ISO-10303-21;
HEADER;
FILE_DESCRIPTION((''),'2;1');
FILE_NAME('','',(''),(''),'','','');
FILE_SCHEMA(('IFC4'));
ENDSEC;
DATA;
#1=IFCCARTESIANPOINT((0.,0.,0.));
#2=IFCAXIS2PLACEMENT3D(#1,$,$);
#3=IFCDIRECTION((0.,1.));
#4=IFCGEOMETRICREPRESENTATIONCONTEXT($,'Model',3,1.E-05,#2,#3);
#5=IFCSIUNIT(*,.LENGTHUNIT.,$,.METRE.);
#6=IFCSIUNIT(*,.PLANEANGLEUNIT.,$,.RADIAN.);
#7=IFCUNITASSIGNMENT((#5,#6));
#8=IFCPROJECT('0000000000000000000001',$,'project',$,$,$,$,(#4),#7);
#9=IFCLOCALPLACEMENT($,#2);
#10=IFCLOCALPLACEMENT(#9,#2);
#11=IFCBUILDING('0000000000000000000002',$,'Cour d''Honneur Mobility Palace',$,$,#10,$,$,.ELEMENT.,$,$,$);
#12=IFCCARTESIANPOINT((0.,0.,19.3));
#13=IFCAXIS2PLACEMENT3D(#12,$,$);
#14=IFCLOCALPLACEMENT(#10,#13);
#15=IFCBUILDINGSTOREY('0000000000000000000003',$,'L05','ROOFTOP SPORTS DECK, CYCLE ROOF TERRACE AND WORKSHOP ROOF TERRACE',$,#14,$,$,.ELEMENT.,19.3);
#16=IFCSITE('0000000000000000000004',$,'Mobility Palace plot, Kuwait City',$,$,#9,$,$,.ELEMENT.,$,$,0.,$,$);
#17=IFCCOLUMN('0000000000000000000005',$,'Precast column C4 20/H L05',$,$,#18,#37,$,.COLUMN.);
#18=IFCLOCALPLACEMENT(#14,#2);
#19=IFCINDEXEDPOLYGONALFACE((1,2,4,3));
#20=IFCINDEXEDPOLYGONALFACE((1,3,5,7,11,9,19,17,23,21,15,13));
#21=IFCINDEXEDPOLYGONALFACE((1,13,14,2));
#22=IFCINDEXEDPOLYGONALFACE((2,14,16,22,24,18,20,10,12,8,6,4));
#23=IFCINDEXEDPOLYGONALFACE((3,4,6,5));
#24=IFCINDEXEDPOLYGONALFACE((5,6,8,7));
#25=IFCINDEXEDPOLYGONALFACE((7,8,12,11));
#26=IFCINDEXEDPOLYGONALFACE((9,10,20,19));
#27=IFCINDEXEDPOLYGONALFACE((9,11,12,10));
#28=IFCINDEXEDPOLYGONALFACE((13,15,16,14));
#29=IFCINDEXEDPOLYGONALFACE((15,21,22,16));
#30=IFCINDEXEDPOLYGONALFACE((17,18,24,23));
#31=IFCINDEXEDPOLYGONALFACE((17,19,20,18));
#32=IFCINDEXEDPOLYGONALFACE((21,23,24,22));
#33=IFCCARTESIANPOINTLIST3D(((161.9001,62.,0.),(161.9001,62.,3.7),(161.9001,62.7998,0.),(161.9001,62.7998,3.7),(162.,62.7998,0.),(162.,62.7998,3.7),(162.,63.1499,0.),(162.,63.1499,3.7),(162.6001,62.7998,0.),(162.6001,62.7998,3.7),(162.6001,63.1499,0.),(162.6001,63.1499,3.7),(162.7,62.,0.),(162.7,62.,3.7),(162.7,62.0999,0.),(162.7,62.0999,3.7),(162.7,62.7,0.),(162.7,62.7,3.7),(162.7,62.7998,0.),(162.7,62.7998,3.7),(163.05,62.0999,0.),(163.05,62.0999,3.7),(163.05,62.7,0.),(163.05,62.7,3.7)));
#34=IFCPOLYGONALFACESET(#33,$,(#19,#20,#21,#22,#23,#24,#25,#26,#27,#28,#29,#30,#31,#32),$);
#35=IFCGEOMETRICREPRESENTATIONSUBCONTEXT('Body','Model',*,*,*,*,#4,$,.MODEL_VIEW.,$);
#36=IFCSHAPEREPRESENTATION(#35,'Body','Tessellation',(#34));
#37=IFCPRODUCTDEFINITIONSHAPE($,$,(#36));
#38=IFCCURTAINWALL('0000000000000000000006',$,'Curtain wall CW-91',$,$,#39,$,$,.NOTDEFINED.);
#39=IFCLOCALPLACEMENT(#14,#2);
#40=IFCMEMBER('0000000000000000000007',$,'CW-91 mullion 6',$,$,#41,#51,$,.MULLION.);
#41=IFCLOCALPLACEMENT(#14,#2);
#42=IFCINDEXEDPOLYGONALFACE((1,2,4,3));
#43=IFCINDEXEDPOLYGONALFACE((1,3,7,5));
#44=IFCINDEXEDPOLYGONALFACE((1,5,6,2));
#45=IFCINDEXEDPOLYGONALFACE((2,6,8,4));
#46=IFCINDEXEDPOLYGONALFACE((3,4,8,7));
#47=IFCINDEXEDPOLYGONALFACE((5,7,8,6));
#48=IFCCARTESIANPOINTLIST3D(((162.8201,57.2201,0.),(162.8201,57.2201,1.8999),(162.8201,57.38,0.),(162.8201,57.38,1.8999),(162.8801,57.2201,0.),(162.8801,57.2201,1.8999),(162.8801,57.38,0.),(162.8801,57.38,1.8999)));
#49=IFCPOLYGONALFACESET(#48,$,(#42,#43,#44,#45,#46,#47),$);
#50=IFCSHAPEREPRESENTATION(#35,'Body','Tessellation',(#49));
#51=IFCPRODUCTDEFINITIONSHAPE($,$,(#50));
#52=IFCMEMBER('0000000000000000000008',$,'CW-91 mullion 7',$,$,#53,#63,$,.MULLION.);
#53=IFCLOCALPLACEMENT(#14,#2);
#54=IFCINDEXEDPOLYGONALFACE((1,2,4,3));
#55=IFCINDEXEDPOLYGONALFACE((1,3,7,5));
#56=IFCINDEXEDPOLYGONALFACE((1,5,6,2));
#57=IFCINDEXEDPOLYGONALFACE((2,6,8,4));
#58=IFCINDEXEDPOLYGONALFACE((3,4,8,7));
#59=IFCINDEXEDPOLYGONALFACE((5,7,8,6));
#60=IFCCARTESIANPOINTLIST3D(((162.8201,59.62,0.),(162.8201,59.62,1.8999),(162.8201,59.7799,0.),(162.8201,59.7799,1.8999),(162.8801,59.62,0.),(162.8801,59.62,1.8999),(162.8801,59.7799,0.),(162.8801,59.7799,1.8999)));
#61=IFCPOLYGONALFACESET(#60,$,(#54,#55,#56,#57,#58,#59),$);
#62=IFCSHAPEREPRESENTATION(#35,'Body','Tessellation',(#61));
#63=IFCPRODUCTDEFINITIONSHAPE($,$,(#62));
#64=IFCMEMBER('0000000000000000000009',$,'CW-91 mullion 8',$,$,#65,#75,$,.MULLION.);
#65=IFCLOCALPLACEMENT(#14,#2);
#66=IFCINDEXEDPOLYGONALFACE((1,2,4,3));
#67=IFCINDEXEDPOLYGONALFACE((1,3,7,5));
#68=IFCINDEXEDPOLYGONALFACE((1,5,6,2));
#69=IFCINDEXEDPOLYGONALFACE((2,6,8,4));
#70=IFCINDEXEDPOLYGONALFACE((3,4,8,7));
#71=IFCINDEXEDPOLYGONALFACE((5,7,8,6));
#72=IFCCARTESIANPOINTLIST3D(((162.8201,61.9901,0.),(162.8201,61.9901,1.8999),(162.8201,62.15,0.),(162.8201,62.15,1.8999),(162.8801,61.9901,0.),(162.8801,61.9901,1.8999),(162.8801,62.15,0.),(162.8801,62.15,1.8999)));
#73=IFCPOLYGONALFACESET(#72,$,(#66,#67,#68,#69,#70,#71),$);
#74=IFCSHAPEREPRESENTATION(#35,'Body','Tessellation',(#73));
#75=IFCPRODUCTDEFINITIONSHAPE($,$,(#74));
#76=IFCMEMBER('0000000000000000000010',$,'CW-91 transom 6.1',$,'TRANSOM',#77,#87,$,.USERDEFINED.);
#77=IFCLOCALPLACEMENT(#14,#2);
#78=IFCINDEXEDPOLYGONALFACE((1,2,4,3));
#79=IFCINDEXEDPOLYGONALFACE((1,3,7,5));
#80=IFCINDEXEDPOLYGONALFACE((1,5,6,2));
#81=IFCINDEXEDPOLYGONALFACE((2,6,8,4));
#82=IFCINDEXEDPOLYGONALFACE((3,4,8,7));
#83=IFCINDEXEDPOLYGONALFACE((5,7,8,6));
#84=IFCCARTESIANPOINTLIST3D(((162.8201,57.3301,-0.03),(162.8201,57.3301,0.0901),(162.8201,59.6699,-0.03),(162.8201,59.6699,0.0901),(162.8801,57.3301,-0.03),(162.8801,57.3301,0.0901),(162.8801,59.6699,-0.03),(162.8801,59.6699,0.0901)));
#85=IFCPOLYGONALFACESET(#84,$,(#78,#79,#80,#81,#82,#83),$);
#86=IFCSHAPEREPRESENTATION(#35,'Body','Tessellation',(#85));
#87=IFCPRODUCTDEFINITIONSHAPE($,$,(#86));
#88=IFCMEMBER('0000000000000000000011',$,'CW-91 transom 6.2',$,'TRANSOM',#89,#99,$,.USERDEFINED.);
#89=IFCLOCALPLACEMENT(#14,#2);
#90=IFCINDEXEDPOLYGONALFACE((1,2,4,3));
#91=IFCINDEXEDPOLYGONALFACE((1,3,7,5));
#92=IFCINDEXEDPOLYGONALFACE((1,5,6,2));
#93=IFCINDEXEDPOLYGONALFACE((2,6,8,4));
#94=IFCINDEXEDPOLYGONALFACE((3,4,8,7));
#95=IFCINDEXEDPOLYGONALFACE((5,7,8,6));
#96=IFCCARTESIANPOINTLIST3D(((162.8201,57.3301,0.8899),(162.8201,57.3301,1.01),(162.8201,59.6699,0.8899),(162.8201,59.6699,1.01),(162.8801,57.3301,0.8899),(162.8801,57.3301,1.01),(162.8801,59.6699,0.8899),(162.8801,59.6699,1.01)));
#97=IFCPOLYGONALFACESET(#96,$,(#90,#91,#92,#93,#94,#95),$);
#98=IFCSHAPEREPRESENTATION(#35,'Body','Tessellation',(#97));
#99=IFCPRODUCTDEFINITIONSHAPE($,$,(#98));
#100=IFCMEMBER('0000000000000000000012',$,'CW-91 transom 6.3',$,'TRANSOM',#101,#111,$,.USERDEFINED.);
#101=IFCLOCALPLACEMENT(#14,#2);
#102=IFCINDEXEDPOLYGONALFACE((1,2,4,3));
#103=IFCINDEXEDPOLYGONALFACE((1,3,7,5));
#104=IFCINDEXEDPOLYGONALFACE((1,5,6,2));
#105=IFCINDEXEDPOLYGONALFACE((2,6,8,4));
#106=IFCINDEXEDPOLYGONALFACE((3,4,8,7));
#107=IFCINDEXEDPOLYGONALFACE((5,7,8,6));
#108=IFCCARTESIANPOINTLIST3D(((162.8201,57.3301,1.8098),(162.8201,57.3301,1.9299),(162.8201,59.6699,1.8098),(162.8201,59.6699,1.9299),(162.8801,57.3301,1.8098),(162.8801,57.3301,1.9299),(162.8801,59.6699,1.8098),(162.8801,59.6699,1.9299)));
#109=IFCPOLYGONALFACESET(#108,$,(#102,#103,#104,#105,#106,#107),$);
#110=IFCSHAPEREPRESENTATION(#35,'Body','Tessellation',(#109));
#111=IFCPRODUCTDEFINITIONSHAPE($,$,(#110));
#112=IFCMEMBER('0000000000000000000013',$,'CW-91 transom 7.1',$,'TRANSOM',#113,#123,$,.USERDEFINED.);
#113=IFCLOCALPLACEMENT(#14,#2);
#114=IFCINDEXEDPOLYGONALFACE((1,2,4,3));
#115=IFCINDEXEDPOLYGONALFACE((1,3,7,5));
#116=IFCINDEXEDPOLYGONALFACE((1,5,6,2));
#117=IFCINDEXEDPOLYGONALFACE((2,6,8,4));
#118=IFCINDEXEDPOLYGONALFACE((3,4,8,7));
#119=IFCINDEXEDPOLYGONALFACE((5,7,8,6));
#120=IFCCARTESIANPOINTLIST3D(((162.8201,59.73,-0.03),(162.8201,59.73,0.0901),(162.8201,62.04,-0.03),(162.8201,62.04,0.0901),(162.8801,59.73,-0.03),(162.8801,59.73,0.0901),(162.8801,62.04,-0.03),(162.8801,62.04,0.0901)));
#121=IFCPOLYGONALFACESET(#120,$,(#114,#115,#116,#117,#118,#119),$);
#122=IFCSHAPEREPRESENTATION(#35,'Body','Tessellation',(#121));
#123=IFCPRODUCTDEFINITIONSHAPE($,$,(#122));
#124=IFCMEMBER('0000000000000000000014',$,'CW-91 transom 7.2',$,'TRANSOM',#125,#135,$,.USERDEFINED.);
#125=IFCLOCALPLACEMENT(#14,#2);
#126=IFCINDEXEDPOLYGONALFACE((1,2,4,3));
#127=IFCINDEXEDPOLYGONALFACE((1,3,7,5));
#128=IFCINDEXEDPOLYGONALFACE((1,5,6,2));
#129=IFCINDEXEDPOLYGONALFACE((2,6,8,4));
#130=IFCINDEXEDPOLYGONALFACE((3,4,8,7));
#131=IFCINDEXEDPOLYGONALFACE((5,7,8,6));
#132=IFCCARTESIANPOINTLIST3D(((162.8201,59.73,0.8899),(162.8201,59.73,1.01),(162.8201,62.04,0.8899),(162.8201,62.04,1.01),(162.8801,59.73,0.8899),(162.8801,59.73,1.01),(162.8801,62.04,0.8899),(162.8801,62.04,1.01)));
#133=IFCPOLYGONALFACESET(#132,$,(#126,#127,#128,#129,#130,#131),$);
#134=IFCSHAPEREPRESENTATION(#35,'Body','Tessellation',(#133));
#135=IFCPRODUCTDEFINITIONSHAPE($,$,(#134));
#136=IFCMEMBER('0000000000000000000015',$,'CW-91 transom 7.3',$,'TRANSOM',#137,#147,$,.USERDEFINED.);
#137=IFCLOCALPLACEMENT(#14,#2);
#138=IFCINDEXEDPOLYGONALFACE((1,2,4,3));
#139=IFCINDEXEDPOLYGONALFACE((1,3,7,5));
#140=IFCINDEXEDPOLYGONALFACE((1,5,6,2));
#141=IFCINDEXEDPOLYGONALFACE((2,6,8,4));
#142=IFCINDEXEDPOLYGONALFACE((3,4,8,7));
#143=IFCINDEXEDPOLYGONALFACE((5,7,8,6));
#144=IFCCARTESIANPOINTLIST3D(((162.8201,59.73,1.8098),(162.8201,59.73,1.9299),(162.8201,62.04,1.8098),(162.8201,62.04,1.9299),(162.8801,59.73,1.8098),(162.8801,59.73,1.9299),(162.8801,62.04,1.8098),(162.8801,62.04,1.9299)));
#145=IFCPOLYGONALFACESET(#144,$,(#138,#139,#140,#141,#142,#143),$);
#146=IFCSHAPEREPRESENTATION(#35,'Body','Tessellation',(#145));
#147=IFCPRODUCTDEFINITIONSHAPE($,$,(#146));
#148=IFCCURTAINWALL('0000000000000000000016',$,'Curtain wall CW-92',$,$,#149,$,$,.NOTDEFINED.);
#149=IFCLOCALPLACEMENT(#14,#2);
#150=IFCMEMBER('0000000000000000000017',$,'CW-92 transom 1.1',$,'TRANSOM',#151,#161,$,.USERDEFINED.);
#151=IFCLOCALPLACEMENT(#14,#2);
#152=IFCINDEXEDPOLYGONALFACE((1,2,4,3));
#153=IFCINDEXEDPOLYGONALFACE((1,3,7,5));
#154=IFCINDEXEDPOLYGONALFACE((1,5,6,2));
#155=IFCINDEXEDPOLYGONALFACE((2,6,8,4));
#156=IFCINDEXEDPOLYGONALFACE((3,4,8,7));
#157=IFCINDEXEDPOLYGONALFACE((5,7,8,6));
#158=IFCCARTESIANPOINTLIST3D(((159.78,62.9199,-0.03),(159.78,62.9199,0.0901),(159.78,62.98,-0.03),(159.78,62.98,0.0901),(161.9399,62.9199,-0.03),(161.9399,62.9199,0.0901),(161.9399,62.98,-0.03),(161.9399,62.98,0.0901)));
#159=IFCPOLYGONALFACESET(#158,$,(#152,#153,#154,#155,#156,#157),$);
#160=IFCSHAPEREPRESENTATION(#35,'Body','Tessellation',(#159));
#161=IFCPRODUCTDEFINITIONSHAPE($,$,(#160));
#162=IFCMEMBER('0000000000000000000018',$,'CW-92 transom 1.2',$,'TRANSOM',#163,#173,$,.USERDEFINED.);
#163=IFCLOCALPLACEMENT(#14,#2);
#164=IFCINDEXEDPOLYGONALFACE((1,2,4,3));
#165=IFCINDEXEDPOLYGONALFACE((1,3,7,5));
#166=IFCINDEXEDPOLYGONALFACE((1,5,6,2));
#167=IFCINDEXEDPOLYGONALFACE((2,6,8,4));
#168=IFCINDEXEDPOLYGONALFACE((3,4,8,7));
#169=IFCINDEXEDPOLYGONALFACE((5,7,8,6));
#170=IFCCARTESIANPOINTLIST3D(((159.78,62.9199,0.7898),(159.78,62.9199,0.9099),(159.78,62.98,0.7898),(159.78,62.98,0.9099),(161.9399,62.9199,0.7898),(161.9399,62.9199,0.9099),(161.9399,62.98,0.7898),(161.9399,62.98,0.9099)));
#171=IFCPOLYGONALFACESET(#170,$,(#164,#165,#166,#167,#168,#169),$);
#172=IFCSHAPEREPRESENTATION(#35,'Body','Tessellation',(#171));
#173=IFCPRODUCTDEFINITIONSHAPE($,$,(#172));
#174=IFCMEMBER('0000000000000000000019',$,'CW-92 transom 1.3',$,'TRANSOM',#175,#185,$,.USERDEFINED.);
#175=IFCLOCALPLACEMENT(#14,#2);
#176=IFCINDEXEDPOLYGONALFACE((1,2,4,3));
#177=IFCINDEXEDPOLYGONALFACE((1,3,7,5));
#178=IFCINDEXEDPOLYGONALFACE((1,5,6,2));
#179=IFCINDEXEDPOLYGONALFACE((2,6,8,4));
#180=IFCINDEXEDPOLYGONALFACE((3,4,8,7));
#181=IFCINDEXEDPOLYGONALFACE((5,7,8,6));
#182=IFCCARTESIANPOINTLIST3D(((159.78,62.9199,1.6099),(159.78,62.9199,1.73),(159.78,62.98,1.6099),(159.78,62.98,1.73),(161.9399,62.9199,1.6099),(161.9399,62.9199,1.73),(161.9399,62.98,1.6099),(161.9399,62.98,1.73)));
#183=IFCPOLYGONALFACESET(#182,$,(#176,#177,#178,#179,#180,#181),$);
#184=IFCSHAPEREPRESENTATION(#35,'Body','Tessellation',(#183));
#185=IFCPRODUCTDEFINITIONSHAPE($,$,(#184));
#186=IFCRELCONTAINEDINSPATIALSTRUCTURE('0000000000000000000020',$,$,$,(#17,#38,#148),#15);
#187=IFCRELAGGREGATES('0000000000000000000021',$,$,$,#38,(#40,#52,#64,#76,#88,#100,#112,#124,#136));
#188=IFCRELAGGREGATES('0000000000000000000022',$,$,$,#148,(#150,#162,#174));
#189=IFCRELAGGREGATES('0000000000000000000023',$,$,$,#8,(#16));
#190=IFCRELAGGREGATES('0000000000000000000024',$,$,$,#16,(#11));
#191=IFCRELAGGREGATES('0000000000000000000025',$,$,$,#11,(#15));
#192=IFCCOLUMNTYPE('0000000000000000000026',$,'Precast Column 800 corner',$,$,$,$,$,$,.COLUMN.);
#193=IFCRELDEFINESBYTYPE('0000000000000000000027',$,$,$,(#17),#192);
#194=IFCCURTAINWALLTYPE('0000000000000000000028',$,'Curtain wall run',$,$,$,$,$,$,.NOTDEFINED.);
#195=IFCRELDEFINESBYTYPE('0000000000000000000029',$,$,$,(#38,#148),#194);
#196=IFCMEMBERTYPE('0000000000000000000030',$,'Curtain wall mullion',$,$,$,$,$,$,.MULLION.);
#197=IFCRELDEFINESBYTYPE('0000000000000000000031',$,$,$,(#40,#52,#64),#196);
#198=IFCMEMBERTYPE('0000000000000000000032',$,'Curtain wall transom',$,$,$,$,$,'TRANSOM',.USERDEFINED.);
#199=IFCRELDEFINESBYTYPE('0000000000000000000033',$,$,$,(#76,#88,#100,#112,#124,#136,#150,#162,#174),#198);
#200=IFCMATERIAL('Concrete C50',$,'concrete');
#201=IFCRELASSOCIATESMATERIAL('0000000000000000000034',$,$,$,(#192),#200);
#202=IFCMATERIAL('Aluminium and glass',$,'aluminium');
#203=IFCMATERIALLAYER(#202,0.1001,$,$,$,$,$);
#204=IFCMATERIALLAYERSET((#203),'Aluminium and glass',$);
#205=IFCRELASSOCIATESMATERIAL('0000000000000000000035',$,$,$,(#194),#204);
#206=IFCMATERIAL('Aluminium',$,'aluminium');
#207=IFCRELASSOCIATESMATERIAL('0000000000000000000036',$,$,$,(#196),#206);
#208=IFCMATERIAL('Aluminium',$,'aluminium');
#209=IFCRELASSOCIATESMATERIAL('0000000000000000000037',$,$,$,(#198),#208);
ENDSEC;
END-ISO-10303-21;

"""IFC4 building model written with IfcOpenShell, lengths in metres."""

from ifc_helpers import new_model, si_unit, direction, frame, origin, origin_2d, place, context, subcontext, project, spatial, polyline, rectangle, outline, extrude, material, layer, layer_set, material_profile, profile_set, type_object, element, aggregate, save


model = new_model("IFC4")

# Units and contexts
model_context = context("Model", 3, precision=1e-05, world=origin(), true_north=direction((0.0, 1.0)))
body_context = subcontext(model_context, "Body", "Model", "MODEL_VIEW")
ifc_project = project(units=[si_unit("LENGTHUNIT", "METRE"), si_unit("PLANEANGLEUNIT", "RADIAN")], contexts=[model_context])

# Site, building, storey
site_placement = place(None, origin())
site = spatial("IfcSite", under=ifc_project, at=site_placement, Name="Mobility Palace plot, Kuwait City", CompositionType="ELEMENT", RefElevation=0.0)
building_placement = place(site_placement, origin())
building = spatial("IfcBuilding", under=site, at=building_placement, Name="Cour d'Honneur Mobility Palace", CompositionType="ELEMENT")
storey_placement = place(building_placement, frame((0.0, 0.0, 19.3)))
storey = spatial("IfcBuildingStorey", under=building, at=storey_placement, Name="L05", Description="ROOFTOP SPORTS DECK, CYCLE ROOF TERRACE AND WORKSHOP ROOF TERRACE", CompositionType="ELEMENT", Elevation=19.3)

# Column
ifc_material_1 = material(Name="Concrete C50", Category="concrete")
ifc_material_profile_1 = material_profile(ifc_material_1, outline(polyline([(-0.3999, -0.3999), (0.3999, -0.3999), (0.3999, -0.3), (0.75, -0.3), (0.75, 0.3), (0.3999, 0.3), (0.3999, 0.3999), (0.3, 0.3999), (0.3, 0.75), (-0.3, 0.75), (-0.3, 0.3999), (-0.3999, 0.3999), (-0.3999, -0.3999)])), Name="PC C800 corner")
ifc_profile_set_1 = profile_set([ifc_material_profile_1], Name="Concrete C50")
column_type = type_object("IfcColumnType", Name="Precast Column 800 corner", PredefinedType="COLUMN", material=ifc_profile_set_1)
column_placement = place(storey_placement, frame((162.3, 62.3999, 0.0), z_axis=(0.0, 0.0, 1.0), x_axis=(1.0, 0.0, 0.0)))
element("IfcColumn", 1, at=column_placement, inside=storey, type_object=column_type, Name="Precast column C4 20/H L05", PredefinedType="COLUMN", context=body_context, shape_type="SweptSolid", body=[
    extrude(outline(polyline([(-0.3999, -0.3999), (0.3999, -0.3999), (0.3999, -0.3), (0.75, -0.3), (0.75, 0.3), (0.3999, 0.3), (0.3999, 0.3999), (0.3, 0.3999), (0.3, 0.75), (-0.3, 0.75), (-0.3, 0.3999), (-0.3999, 0.3999), (-0.3999, -0.3999)])), origin(), (0.0, 0.0, 1.0), 3.7),
])

# Curtain walls, members
ifc_material_2 = material(Name="Aluminium and glass", Category="aluminium")
ifc_layer_1 = layer(ifc_material_2, 0.1001)
ifc_layer_set_1 = layer_set([ifc_layer_1], Name="Aluminium and glass")
curtain_wall_type = type_object("IfcCurtainWallType", Name="Curtain wall run", PredefinedType="NOTDEFINED", material=ifc_layer_set_1)
curtain_wall_1_placement = place(storey_placement, origin())
curtain_wall_1 = element("IfcCurtainWall", 2, at=curtain_wall_1_placement, inside=storey, type_object=curtain_wall_type, Name="Curtain wall CW-91", PredefinedType="NOTDEFINED")
ifc_material_3 = material(Name="Aluminium", Category="aluminium")
ifc_material_profile_2 = material_profile(ifc_material_3, rectangle(XDim=0.0601, YDim=0.1599, at=origin_2d()), Name="Curtain wall mullion")
ifc_profile_set_2 = profile_set([ifc_material_profile_2], Name="Aluminium")
member_type_1 = type_object("IfcMemberType", Name="Curtain wall mullion", PredefinedType="MULLION", material=ifc_profile_set_2)
member_1_placement = place(storey_placement, frame((162.8501, 57.3, 0.0), z_axis=(0.0, 0.0, 1.0), x_axis=(-1.0, 0.0, 0.0)))
member_1 = element("IfcMember", 3, at=member_1_placement, type_object=member_type_1, Name="CW-91 mullion 6", PredefinedType="MULLION", context=body_context, shape_type="SweptSolid", body=[
    extrude(rectangle(XDim=0.0601, YDim=0.1599, at=origin_2d()), origin(), (0.0, 0.0, 1.0), 1.8999),
])
member_2_placement = place(storey_placement, frame((162.8501, 59.7, 0.0), z_axis=(0.0, 0.0, 1.0), x_axis=(-1.0, 0.0, 0.0)))
member_2 = element("IfcMember", 4, at=member_2_placement, type_object=member_type_1, Name="CW-91 mullion 7", PredefinedType="MULLION", context=body_context, shape_type="SweptSolid", body=[
    extrude(rectangle(XDim=0.0601, YDim=0.1599, at=origin_2d()), origin(), (0.0, 0.0, 1.0), 1.8999),
])
member_3_placement = place(storey_placement, frame((162.8501, 62.0701, 0.0), z_axis=(0.0, 0.0, 1.0), x_axis=(-1.0, 0.0, 0.0)))
member_3 = element("IfcMember", 5, at=member_3_placement, type_object=member_type_1, Name="CW-91 mullion 8", PredefinedType="MULLION", context=body_context, shape_type="SweptSolid", body=[
    extrude(rectangle(XDim=0.0601, YDim=0.1599, at=origin_2d()), origin(), (0.0, 0.0, 1.0), 1.8999),
])
ifc_material_4 = material(Name="Aluminium", Category="aluminium")
ifc_material_profile_3 = material_profile(ifc_material_4, rectangle(XDim=0.0601, YDim=0.1201, at=origin_2d()), Name="Curtain wall transom")
ifc_profile_set_3 = profile_set([ifc_material_profile_3], Name="Aluminium")
member_type_2 = type_object("IfcMemberType", Name="Curtain wall transom", ElementType="TRANSOM", PredefinedType="USERDEFINED", material=ifc_profile_set_3)
member_4_placement = place(storey_placement, frame((162.8501, 57.3301, 0.03), z_axis=(0.0, 1.0, 0.0), x_axis=(-1.0, 0.0, 0.0)))
member_4 = element("IfcMember", 6, at=member_4_placement, type_object=member_type_2, Name="CW-91 transom 6.1", ObjectType="TRANSOM", PredefinedType="USERDEFINED", context=body_context, shape_type="SweptSolid", body=[
    extrude(rectangle(XDim=0.0601, YDim=0.1201, at=origin_2d()), origin(), (0.0, 0.0, 1.0), 2.3398),
])
member_5_placement = place(storey_placement, frame((162.8501, 57.3301, 0.95), z_axis=(0.0, 1.0, 0.0), x_axis=(-1.0, 0.0, 0.0)))
member_5 = element("IfcMember", 7, at=member_5_placement, type_object=member_type_2, Name="CW-91 transom 6.2", ObjectType="TRANSOM", PredefinedType="USERDEFINED", context=body_context, shape_type="SweptSolid", body=[
    extrude(rectangle(XDim=0.0601, YDim=0.1201, at=origin_2d()), origin(), (0.0, 0.0, 1.0), 2.3398),
])
member_6_placement = place(storey_placement, frame((162.8501, 57.3301, 1.8699), z_axis=(0.0, 1.0, 0.0), x_axis=(-1.0, 0.0, 0.0)))
member_6 = element("IfcMember", 8, at=member_6_placement, type_object=member_type_2, Name="CW-91 transom 6.3", ObjectType="TRANSOM", PredefinedType="USERDEFINED", context=body_context, shape_type="SweptSolid", body=[
    extrude(rectangle(XDim=0.0601, YDim=0.1201, at=origin_2d()), origin(), (0.0, 0.0, 1.0), 2.3398),
])
member_7_placement = place(storey_placement, frame((162.8501, 59.73, 0.03), z_axis=(0.0, 1.0, 0.0), x_axis=(-1.0, 0.0, 0.0)))
member_7 = element("IfcMember", 9, at=member_7_placement, type_object=member_type_2, Name="CW-91 transom 7.1", ObjectType="TRANSOM", PredefinedType="USERDEFINED", context=body_context, shape_type="SweptSolid", body=[
    extrude(rectangle(XDim=0.0601, YDim=0.1201, at=origin_2d()), origin(), (0.0, 0.0, 1.0), 2.3101),
])
member_8_placement = place(storey_placement, frame((162.8501, 59.73, 0.95), z_axis=(0.0, 1.0, 0.0), x_axis=(-1.0, 0.0, 0.0)))
member_8 = element("IfcMember", 10, at=member_8_placement, type_object=member_type_2, Name="CW-91 transom 7.2", ObjectType="TRANSOM", PredefinedType="USERDEFINED", context=body_context, shape_type="SweptSolid", body=[
    extrude(rectangle(XDim=0.0601, YDim=0.1201, at=origin_2d()), origin(), (0.0, 0.0, 1.0), 2.3101),
])
member_9_placement = place(storey_placement, frame((162.8501, 59.73, 1.8699), z_axis=(0.0, 1.0, 0.0), x_axis=(-1.0, 0.0, 0.0)))
member_9 = element("IfcMember", 11, at=member_9_placement, type_object=member_type_2, Name="CW-91 transom 7.3", ObjectType="TRANSOM", PredefinedType="USERDEFINED", context=body_context, shape_type="SweptSolid", body=[
    extrude(rectangle(XDim=0.0601, YDim=0.1201, at=origin_2d()), origin(), (0.0, 0.0, 1.0), 2.3101),
])
curtain_wall_2_placement = place(storey_placement, origin())
curtain_wall_2 = element("IfcCurtainWall", 12, at=curtain_wall_2_placement, inside=storey, type_object=curtain_wall_type, Name="Curtain wall CW-92", PredefinedType="NOTDEFINED")
member_10_placement = place(storey_placement, frame((161.9399, 62.95, 0.03), z_axis=(-1.0, 0.0, 0.0), x_axis=(0.0, -1.0, 0.0)))
member_10 = element("IfcMember", 13, at=member_10_placement, type_object=member_type_2, Name="CW-92 transom 1.1", ObjectType="TRANSOM", PredefinedType="USERDEFINED", context=body_context, shape_type="SweptSolid", body=[
    extrude(rectangle(XDim=0.0601, YDim=0.1201, at=origin_2d()), origin(), (0.0, 0.0, 1.0), 2.1599),
])
member_11_placement = place(storey_placement, frame((161.9399, 62.95, 0.8499), z_axis=(-1.0, 0.0, 0.0), x_axis=(0.0, -1.0, 0.0)))
member_11 = element("IfcMember", 14, at=member_11_placement, type_object=member_type_2, Name="CW-92 transom 1.2", ObjectType="TRANSOM", PredefinedType="USERDEFINED", context=body_context, shape_type="SweptSolid", body=[
    extrude(rectangle(XDim=0.0601, YDim=0.1201, at=origin_2d()), origin(), (0.0, 0.0, 1.0), 2.1599),
])
member_12_placement = place(storey_placement, frame((161.9399, 62.95, 1.6699), z_axis=(-1.0, 0.0, 0.0), x_axis=(0.0, -1.0, 0.0)))
member_12 = element("IfcMember", 15, at=member_12_placement, type_object=member_type_2, Name="CW-92 transom 1.3", ObjectType="TRANSOM", PredefinedType="USERDEFINED", context=body_context, shape_type="SweptSolid", body=[
    extrude(rectangle(XDim=0.0601, YDim=0.1201, at=origin_2d()), origin(), (0.0, 0.0, 1.0), 2.1599),
])

aggregate(curtain_wall_1, [member_1, member_2, member_3, member_4, member_5, member_6, member_7, member_8, member_9])
aggregate(curtain_wall_2, [member_10, member_11, member_12])

save(model, "model.ifc")
